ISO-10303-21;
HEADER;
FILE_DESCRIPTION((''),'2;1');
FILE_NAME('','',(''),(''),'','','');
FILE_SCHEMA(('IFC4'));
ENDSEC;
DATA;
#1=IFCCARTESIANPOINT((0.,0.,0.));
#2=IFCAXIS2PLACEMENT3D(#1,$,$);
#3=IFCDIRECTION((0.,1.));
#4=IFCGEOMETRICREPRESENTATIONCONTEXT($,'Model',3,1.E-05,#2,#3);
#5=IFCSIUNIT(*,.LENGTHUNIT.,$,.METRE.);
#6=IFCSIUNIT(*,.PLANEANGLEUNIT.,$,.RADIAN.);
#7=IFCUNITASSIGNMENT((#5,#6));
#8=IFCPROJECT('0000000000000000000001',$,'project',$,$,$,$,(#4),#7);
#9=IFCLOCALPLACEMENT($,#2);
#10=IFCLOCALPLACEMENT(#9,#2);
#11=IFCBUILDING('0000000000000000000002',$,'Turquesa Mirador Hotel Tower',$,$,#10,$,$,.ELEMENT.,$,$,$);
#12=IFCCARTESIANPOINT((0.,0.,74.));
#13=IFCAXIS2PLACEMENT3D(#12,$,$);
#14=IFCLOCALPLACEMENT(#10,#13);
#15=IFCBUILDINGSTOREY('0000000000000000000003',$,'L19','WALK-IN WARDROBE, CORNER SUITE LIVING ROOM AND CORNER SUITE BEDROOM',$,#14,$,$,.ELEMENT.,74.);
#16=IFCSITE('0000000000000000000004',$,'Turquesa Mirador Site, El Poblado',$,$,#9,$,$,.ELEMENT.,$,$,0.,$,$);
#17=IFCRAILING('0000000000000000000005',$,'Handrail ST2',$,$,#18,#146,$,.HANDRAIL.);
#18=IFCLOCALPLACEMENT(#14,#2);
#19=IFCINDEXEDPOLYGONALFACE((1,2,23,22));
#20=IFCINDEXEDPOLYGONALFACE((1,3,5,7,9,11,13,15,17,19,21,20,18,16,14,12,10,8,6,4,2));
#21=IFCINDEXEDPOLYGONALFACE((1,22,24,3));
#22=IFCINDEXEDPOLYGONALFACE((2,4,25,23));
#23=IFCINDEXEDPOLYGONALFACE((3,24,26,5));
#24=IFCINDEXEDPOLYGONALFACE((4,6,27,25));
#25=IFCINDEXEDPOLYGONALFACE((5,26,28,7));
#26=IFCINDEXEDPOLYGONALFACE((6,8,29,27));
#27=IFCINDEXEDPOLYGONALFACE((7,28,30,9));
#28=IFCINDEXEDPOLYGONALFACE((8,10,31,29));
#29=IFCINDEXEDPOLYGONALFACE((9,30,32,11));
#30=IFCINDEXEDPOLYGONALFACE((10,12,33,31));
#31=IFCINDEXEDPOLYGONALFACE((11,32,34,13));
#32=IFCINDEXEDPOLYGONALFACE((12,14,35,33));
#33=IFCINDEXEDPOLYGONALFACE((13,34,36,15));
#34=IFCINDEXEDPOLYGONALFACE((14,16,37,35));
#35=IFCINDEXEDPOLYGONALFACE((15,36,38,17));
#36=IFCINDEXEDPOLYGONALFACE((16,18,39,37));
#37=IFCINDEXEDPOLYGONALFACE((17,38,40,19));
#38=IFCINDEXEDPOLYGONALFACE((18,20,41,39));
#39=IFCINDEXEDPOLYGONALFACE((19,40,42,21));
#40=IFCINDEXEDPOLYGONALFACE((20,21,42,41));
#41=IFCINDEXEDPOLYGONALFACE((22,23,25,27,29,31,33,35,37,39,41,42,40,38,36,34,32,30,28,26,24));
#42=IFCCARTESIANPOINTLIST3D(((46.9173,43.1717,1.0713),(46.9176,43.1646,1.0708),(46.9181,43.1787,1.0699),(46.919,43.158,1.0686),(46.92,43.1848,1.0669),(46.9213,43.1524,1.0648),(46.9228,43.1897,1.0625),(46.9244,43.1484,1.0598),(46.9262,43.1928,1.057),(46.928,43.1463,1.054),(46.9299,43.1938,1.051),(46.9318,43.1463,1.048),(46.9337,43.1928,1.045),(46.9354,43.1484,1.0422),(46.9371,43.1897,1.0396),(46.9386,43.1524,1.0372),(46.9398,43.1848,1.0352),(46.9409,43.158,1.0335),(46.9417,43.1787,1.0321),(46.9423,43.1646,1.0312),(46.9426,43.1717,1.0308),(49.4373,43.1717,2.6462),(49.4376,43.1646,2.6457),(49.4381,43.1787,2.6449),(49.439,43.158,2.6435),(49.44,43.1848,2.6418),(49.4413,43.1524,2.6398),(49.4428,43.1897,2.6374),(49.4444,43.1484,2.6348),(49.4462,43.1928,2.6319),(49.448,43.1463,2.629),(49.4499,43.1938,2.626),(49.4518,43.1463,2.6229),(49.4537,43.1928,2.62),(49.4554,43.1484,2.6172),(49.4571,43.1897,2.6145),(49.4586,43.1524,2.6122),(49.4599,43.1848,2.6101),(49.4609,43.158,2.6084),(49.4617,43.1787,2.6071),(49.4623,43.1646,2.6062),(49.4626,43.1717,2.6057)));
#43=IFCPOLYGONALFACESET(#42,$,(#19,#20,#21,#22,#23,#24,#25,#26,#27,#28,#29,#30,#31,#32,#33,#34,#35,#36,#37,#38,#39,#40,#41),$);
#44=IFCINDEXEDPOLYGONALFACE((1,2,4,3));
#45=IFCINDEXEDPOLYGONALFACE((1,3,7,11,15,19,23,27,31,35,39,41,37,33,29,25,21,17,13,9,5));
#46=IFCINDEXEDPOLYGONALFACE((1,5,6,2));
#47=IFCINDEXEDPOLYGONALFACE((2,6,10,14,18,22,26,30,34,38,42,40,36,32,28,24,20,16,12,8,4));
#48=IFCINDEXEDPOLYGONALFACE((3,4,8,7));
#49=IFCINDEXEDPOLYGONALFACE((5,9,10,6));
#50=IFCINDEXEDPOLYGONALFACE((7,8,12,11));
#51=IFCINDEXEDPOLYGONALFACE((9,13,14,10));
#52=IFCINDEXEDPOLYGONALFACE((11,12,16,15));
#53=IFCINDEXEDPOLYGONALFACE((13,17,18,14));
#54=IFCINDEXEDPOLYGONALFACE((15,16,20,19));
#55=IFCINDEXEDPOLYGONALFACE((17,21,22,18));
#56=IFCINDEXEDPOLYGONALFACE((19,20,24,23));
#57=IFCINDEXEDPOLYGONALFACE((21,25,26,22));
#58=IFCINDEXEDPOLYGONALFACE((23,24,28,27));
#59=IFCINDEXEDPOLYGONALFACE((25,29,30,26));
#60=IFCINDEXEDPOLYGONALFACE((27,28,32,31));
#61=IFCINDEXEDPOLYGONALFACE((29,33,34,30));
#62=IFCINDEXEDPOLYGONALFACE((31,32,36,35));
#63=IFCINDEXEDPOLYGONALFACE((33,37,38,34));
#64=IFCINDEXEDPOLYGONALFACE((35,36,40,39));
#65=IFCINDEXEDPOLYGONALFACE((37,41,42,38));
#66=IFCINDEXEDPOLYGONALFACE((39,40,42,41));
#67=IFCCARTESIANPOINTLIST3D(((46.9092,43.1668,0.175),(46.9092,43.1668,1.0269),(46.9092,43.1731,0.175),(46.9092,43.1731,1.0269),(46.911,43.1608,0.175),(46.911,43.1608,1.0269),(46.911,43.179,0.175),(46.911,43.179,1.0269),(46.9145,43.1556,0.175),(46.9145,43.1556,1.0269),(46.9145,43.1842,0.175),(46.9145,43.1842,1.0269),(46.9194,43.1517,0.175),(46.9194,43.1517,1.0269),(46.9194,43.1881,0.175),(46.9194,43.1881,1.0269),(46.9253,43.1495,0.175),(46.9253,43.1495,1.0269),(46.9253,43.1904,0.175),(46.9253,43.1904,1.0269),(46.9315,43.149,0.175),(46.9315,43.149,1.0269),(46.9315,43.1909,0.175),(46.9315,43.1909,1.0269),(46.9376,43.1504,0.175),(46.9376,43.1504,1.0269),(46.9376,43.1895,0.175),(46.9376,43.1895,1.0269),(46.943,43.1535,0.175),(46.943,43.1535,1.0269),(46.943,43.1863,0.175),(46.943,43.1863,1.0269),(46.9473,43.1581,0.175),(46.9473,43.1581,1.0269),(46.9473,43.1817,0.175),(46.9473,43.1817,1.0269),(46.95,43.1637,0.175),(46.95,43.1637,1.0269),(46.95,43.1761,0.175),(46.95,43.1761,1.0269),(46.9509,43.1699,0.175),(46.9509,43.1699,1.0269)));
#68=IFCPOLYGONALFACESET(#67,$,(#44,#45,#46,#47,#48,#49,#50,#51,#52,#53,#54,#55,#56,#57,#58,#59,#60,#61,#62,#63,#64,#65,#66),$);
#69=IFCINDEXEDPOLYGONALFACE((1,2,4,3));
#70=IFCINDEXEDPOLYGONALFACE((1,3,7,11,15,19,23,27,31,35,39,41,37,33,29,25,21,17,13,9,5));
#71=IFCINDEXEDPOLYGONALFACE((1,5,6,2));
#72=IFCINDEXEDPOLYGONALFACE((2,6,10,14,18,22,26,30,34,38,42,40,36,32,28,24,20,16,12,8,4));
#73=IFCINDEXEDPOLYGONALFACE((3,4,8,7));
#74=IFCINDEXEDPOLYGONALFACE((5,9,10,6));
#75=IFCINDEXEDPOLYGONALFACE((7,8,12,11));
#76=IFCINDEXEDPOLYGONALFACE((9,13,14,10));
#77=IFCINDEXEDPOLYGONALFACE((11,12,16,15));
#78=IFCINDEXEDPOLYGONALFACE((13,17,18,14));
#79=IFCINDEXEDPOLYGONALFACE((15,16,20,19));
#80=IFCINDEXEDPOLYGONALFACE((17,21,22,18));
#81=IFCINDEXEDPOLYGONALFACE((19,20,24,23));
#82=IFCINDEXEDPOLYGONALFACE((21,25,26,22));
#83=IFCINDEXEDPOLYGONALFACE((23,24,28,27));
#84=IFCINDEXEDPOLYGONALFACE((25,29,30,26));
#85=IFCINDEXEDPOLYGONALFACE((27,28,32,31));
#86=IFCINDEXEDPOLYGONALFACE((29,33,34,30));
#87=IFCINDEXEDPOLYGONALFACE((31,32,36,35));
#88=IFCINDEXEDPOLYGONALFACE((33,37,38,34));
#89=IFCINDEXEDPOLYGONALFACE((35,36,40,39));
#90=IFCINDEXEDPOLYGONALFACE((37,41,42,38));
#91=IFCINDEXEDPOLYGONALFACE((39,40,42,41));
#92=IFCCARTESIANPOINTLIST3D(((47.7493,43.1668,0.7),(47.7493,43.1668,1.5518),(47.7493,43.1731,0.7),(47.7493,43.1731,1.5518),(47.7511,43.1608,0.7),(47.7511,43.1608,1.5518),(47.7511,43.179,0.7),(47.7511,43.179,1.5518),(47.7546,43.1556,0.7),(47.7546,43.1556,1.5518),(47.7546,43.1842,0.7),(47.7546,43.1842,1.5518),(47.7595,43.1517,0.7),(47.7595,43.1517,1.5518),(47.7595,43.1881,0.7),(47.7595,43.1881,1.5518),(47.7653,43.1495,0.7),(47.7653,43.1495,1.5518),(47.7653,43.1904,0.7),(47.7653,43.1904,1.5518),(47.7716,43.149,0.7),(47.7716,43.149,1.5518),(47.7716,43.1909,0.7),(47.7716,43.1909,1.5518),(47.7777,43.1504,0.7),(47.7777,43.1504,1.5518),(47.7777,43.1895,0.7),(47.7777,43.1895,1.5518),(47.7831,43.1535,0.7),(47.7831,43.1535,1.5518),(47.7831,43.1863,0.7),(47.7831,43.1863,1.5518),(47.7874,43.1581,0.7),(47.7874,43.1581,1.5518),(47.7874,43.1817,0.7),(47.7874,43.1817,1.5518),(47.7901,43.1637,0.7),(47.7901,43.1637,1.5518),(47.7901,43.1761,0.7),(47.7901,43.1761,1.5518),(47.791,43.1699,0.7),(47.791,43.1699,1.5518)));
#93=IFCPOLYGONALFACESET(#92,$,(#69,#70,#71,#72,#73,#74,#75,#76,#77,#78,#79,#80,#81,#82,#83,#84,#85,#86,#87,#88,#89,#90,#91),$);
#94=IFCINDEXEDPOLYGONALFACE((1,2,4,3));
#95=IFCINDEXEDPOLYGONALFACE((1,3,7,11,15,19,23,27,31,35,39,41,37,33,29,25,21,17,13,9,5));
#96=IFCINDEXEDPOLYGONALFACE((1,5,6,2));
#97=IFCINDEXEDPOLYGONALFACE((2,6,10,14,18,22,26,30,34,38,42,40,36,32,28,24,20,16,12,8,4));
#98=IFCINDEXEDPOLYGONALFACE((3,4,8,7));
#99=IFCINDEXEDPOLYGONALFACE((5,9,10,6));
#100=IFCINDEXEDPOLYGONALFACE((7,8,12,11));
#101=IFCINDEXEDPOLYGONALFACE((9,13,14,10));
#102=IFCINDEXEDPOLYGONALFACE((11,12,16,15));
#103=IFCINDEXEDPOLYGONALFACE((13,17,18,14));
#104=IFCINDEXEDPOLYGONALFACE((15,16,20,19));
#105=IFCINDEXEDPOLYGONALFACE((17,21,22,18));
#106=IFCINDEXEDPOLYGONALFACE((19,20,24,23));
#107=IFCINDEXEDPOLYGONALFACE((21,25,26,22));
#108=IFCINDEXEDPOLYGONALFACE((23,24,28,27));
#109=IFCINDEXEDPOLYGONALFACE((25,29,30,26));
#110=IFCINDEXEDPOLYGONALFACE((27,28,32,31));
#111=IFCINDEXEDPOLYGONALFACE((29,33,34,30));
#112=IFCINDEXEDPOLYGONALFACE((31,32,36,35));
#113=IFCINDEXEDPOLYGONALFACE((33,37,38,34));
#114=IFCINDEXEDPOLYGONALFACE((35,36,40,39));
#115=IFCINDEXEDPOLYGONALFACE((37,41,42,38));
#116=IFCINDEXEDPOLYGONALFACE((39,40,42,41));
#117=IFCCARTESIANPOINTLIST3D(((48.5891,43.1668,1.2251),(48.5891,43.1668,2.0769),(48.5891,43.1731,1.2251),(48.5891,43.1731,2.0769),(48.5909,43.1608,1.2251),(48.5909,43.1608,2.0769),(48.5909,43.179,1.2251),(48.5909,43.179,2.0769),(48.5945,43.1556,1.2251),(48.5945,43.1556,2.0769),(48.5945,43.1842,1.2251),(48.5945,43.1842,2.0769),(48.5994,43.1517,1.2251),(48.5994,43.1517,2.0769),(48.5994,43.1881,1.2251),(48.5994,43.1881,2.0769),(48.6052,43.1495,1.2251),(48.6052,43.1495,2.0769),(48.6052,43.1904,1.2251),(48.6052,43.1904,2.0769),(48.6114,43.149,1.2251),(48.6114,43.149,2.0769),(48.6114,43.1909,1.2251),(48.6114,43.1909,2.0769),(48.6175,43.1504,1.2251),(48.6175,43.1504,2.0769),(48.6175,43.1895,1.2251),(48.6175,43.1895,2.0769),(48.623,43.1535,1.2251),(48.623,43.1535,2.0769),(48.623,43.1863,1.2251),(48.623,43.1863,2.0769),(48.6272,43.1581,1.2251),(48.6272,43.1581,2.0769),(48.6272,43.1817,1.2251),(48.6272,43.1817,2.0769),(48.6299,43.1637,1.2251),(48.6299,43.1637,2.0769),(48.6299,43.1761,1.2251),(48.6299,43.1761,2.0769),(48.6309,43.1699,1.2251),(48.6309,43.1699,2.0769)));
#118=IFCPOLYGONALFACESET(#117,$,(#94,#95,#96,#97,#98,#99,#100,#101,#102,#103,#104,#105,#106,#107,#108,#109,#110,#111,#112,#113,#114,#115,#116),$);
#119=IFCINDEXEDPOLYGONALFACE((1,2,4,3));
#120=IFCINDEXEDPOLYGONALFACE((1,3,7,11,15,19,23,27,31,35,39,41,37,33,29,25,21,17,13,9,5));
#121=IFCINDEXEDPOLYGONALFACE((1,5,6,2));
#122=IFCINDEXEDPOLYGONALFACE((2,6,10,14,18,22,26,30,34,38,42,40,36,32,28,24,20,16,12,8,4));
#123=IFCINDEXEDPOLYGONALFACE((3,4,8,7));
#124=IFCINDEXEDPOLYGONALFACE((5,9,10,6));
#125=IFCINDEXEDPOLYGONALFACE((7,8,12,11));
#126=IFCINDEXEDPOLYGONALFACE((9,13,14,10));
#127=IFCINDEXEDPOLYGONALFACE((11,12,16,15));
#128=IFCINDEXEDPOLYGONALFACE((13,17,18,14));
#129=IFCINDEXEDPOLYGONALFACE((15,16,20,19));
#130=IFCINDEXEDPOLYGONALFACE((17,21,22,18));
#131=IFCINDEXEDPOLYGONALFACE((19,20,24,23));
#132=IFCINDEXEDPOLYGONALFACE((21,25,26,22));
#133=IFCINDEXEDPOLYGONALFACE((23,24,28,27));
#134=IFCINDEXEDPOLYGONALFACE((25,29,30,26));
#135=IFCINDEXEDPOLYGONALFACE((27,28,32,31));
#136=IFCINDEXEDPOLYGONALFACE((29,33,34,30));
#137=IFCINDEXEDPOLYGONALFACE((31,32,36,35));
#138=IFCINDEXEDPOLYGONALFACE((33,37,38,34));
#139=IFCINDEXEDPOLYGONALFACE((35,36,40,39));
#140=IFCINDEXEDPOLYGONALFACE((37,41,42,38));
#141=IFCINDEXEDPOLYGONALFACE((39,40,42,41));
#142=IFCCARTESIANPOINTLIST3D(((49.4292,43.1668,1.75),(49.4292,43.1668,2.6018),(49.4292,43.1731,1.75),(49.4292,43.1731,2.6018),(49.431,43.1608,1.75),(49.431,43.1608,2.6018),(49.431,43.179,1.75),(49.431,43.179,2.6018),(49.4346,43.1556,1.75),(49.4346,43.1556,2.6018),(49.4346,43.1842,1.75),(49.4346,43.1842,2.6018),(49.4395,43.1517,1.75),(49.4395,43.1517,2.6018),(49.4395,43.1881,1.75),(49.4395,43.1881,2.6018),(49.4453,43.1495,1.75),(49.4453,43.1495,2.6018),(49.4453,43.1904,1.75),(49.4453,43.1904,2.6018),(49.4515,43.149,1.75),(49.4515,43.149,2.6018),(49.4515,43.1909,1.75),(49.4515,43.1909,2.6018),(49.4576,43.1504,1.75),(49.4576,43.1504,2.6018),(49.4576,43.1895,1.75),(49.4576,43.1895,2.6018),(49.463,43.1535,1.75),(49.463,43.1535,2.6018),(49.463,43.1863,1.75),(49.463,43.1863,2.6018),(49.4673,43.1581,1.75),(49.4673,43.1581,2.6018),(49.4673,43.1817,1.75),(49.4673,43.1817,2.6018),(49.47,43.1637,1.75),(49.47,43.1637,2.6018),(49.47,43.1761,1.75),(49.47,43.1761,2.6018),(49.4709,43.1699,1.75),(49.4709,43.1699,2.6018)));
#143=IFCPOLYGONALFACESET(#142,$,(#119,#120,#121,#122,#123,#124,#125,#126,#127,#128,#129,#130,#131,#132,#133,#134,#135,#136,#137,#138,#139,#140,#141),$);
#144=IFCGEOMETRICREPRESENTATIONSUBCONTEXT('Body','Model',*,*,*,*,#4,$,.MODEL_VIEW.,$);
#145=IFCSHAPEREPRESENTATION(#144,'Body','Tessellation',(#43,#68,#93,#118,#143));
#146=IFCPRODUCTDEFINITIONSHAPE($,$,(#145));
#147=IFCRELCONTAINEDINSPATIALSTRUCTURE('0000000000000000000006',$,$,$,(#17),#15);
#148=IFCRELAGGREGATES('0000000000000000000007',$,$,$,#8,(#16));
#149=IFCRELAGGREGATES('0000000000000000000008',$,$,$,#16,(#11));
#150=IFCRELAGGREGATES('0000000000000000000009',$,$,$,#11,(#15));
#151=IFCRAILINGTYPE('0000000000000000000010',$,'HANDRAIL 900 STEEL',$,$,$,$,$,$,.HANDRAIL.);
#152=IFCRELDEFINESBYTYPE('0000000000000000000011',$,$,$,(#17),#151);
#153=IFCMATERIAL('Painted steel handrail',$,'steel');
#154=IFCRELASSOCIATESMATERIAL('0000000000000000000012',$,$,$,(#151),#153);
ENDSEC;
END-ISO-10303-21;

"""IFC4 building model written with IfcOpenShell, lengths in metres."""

from ifc_helpers import new_model, si_unit, direction, frame, origin, origin_2d, place, context, subcontext, project, spatial, circle, extrude, material, type_object, element, save


model = new_model("IFC4")

# Units and contexts
model_context = context("Model", 3, precision=1e-05, world=origin(), true_north=direction((0.0, 1.0)))
body_context = subcontext(model_context, "Body", "Model", "MODEL_VIEW")
ifc_project = project(units=[si_unit("LENGTHUNIT", "METRE"), si_unit("PLANEANGLEUNIT", "RADIAN")], contexts=[model_context])

# Site, building, storey
site_placement = place(None, origin())
site = spatial("IfcSite", under=ifc_project, at=site_placement, Name="Turquesa Mirador Site, El Poblado", CompositionType="ELEMENT", RefElevation=0.0)
building_placement = place(site_placement, origin())
building = spatial("IfcBuilding", under=site, at=building_placement, Name="Turquesa Mirador Hotel Tower", CompositionType="ELEMENT")
storey_placement = place(building_placement, frame((0.0, 0.0, 74.0)))
storey = spatial("IfcBuildingStorey", under=building, at=storey_placement, Name="L19", Description="WALK-IN WARDROBE, CORNER SUITE LIVING ROOM AND CORNER SUITE BEDROOM", CompositionType="ELEMENT", Elevation=74.0)

# Railing
ifc_material_1 = material(Name="Painted steel handrail", Category="steel")
railing_type = type_object("IfcRailingType", Name="HANDRAIL 900 STEEL", PredefinedType="HANDRAIL", material=ifc_material_1)
for number, where, name in (
    (1, (46.9299, 43.1699, 0.175), "Handrail ST2"),
):
    element("IfcRailing", number, at=place(storey_placement, frame(where)), inside=storey, type_object=railing_type, Name=name, PredefinedType="HANDRAIL", context=body_context, shape_type="SweptSolid", body=[
        extrude(circle(Radius=0.0239, at=origin_2d()), frame((0.0, 0.0, 0.876), z_axis=(0.848008, 0.0, 0.529984), x_axis=(0.0, 1.0, 0.0)), (0.0, 0.0, 1.0), 2.9717),
        extrude(circle(Radius=0.021, at=origin_2d()), origin(), (0.0, 0.0, 1.0), 0.8518),
        extrude(circle(Radius=0.021, at=origin_2d()), frame((0.8401, 0.0, 0.5249)), (0.0, 0.0, 1.0), 0.8518),
        extrude(circle(Radius=0.021, at=origin_2d()), frame((1.6799, 0.0, 1.05)), (0.0, 0.0, 1.0), 0.8518),
        extrude(circle(Radius=0.021, at=origin_2d()), frame((2.52, 0.0, 1.575)), (0.0, 0.0, 1.0), 0.8518),
    ])

save(model, "model.ifc")
